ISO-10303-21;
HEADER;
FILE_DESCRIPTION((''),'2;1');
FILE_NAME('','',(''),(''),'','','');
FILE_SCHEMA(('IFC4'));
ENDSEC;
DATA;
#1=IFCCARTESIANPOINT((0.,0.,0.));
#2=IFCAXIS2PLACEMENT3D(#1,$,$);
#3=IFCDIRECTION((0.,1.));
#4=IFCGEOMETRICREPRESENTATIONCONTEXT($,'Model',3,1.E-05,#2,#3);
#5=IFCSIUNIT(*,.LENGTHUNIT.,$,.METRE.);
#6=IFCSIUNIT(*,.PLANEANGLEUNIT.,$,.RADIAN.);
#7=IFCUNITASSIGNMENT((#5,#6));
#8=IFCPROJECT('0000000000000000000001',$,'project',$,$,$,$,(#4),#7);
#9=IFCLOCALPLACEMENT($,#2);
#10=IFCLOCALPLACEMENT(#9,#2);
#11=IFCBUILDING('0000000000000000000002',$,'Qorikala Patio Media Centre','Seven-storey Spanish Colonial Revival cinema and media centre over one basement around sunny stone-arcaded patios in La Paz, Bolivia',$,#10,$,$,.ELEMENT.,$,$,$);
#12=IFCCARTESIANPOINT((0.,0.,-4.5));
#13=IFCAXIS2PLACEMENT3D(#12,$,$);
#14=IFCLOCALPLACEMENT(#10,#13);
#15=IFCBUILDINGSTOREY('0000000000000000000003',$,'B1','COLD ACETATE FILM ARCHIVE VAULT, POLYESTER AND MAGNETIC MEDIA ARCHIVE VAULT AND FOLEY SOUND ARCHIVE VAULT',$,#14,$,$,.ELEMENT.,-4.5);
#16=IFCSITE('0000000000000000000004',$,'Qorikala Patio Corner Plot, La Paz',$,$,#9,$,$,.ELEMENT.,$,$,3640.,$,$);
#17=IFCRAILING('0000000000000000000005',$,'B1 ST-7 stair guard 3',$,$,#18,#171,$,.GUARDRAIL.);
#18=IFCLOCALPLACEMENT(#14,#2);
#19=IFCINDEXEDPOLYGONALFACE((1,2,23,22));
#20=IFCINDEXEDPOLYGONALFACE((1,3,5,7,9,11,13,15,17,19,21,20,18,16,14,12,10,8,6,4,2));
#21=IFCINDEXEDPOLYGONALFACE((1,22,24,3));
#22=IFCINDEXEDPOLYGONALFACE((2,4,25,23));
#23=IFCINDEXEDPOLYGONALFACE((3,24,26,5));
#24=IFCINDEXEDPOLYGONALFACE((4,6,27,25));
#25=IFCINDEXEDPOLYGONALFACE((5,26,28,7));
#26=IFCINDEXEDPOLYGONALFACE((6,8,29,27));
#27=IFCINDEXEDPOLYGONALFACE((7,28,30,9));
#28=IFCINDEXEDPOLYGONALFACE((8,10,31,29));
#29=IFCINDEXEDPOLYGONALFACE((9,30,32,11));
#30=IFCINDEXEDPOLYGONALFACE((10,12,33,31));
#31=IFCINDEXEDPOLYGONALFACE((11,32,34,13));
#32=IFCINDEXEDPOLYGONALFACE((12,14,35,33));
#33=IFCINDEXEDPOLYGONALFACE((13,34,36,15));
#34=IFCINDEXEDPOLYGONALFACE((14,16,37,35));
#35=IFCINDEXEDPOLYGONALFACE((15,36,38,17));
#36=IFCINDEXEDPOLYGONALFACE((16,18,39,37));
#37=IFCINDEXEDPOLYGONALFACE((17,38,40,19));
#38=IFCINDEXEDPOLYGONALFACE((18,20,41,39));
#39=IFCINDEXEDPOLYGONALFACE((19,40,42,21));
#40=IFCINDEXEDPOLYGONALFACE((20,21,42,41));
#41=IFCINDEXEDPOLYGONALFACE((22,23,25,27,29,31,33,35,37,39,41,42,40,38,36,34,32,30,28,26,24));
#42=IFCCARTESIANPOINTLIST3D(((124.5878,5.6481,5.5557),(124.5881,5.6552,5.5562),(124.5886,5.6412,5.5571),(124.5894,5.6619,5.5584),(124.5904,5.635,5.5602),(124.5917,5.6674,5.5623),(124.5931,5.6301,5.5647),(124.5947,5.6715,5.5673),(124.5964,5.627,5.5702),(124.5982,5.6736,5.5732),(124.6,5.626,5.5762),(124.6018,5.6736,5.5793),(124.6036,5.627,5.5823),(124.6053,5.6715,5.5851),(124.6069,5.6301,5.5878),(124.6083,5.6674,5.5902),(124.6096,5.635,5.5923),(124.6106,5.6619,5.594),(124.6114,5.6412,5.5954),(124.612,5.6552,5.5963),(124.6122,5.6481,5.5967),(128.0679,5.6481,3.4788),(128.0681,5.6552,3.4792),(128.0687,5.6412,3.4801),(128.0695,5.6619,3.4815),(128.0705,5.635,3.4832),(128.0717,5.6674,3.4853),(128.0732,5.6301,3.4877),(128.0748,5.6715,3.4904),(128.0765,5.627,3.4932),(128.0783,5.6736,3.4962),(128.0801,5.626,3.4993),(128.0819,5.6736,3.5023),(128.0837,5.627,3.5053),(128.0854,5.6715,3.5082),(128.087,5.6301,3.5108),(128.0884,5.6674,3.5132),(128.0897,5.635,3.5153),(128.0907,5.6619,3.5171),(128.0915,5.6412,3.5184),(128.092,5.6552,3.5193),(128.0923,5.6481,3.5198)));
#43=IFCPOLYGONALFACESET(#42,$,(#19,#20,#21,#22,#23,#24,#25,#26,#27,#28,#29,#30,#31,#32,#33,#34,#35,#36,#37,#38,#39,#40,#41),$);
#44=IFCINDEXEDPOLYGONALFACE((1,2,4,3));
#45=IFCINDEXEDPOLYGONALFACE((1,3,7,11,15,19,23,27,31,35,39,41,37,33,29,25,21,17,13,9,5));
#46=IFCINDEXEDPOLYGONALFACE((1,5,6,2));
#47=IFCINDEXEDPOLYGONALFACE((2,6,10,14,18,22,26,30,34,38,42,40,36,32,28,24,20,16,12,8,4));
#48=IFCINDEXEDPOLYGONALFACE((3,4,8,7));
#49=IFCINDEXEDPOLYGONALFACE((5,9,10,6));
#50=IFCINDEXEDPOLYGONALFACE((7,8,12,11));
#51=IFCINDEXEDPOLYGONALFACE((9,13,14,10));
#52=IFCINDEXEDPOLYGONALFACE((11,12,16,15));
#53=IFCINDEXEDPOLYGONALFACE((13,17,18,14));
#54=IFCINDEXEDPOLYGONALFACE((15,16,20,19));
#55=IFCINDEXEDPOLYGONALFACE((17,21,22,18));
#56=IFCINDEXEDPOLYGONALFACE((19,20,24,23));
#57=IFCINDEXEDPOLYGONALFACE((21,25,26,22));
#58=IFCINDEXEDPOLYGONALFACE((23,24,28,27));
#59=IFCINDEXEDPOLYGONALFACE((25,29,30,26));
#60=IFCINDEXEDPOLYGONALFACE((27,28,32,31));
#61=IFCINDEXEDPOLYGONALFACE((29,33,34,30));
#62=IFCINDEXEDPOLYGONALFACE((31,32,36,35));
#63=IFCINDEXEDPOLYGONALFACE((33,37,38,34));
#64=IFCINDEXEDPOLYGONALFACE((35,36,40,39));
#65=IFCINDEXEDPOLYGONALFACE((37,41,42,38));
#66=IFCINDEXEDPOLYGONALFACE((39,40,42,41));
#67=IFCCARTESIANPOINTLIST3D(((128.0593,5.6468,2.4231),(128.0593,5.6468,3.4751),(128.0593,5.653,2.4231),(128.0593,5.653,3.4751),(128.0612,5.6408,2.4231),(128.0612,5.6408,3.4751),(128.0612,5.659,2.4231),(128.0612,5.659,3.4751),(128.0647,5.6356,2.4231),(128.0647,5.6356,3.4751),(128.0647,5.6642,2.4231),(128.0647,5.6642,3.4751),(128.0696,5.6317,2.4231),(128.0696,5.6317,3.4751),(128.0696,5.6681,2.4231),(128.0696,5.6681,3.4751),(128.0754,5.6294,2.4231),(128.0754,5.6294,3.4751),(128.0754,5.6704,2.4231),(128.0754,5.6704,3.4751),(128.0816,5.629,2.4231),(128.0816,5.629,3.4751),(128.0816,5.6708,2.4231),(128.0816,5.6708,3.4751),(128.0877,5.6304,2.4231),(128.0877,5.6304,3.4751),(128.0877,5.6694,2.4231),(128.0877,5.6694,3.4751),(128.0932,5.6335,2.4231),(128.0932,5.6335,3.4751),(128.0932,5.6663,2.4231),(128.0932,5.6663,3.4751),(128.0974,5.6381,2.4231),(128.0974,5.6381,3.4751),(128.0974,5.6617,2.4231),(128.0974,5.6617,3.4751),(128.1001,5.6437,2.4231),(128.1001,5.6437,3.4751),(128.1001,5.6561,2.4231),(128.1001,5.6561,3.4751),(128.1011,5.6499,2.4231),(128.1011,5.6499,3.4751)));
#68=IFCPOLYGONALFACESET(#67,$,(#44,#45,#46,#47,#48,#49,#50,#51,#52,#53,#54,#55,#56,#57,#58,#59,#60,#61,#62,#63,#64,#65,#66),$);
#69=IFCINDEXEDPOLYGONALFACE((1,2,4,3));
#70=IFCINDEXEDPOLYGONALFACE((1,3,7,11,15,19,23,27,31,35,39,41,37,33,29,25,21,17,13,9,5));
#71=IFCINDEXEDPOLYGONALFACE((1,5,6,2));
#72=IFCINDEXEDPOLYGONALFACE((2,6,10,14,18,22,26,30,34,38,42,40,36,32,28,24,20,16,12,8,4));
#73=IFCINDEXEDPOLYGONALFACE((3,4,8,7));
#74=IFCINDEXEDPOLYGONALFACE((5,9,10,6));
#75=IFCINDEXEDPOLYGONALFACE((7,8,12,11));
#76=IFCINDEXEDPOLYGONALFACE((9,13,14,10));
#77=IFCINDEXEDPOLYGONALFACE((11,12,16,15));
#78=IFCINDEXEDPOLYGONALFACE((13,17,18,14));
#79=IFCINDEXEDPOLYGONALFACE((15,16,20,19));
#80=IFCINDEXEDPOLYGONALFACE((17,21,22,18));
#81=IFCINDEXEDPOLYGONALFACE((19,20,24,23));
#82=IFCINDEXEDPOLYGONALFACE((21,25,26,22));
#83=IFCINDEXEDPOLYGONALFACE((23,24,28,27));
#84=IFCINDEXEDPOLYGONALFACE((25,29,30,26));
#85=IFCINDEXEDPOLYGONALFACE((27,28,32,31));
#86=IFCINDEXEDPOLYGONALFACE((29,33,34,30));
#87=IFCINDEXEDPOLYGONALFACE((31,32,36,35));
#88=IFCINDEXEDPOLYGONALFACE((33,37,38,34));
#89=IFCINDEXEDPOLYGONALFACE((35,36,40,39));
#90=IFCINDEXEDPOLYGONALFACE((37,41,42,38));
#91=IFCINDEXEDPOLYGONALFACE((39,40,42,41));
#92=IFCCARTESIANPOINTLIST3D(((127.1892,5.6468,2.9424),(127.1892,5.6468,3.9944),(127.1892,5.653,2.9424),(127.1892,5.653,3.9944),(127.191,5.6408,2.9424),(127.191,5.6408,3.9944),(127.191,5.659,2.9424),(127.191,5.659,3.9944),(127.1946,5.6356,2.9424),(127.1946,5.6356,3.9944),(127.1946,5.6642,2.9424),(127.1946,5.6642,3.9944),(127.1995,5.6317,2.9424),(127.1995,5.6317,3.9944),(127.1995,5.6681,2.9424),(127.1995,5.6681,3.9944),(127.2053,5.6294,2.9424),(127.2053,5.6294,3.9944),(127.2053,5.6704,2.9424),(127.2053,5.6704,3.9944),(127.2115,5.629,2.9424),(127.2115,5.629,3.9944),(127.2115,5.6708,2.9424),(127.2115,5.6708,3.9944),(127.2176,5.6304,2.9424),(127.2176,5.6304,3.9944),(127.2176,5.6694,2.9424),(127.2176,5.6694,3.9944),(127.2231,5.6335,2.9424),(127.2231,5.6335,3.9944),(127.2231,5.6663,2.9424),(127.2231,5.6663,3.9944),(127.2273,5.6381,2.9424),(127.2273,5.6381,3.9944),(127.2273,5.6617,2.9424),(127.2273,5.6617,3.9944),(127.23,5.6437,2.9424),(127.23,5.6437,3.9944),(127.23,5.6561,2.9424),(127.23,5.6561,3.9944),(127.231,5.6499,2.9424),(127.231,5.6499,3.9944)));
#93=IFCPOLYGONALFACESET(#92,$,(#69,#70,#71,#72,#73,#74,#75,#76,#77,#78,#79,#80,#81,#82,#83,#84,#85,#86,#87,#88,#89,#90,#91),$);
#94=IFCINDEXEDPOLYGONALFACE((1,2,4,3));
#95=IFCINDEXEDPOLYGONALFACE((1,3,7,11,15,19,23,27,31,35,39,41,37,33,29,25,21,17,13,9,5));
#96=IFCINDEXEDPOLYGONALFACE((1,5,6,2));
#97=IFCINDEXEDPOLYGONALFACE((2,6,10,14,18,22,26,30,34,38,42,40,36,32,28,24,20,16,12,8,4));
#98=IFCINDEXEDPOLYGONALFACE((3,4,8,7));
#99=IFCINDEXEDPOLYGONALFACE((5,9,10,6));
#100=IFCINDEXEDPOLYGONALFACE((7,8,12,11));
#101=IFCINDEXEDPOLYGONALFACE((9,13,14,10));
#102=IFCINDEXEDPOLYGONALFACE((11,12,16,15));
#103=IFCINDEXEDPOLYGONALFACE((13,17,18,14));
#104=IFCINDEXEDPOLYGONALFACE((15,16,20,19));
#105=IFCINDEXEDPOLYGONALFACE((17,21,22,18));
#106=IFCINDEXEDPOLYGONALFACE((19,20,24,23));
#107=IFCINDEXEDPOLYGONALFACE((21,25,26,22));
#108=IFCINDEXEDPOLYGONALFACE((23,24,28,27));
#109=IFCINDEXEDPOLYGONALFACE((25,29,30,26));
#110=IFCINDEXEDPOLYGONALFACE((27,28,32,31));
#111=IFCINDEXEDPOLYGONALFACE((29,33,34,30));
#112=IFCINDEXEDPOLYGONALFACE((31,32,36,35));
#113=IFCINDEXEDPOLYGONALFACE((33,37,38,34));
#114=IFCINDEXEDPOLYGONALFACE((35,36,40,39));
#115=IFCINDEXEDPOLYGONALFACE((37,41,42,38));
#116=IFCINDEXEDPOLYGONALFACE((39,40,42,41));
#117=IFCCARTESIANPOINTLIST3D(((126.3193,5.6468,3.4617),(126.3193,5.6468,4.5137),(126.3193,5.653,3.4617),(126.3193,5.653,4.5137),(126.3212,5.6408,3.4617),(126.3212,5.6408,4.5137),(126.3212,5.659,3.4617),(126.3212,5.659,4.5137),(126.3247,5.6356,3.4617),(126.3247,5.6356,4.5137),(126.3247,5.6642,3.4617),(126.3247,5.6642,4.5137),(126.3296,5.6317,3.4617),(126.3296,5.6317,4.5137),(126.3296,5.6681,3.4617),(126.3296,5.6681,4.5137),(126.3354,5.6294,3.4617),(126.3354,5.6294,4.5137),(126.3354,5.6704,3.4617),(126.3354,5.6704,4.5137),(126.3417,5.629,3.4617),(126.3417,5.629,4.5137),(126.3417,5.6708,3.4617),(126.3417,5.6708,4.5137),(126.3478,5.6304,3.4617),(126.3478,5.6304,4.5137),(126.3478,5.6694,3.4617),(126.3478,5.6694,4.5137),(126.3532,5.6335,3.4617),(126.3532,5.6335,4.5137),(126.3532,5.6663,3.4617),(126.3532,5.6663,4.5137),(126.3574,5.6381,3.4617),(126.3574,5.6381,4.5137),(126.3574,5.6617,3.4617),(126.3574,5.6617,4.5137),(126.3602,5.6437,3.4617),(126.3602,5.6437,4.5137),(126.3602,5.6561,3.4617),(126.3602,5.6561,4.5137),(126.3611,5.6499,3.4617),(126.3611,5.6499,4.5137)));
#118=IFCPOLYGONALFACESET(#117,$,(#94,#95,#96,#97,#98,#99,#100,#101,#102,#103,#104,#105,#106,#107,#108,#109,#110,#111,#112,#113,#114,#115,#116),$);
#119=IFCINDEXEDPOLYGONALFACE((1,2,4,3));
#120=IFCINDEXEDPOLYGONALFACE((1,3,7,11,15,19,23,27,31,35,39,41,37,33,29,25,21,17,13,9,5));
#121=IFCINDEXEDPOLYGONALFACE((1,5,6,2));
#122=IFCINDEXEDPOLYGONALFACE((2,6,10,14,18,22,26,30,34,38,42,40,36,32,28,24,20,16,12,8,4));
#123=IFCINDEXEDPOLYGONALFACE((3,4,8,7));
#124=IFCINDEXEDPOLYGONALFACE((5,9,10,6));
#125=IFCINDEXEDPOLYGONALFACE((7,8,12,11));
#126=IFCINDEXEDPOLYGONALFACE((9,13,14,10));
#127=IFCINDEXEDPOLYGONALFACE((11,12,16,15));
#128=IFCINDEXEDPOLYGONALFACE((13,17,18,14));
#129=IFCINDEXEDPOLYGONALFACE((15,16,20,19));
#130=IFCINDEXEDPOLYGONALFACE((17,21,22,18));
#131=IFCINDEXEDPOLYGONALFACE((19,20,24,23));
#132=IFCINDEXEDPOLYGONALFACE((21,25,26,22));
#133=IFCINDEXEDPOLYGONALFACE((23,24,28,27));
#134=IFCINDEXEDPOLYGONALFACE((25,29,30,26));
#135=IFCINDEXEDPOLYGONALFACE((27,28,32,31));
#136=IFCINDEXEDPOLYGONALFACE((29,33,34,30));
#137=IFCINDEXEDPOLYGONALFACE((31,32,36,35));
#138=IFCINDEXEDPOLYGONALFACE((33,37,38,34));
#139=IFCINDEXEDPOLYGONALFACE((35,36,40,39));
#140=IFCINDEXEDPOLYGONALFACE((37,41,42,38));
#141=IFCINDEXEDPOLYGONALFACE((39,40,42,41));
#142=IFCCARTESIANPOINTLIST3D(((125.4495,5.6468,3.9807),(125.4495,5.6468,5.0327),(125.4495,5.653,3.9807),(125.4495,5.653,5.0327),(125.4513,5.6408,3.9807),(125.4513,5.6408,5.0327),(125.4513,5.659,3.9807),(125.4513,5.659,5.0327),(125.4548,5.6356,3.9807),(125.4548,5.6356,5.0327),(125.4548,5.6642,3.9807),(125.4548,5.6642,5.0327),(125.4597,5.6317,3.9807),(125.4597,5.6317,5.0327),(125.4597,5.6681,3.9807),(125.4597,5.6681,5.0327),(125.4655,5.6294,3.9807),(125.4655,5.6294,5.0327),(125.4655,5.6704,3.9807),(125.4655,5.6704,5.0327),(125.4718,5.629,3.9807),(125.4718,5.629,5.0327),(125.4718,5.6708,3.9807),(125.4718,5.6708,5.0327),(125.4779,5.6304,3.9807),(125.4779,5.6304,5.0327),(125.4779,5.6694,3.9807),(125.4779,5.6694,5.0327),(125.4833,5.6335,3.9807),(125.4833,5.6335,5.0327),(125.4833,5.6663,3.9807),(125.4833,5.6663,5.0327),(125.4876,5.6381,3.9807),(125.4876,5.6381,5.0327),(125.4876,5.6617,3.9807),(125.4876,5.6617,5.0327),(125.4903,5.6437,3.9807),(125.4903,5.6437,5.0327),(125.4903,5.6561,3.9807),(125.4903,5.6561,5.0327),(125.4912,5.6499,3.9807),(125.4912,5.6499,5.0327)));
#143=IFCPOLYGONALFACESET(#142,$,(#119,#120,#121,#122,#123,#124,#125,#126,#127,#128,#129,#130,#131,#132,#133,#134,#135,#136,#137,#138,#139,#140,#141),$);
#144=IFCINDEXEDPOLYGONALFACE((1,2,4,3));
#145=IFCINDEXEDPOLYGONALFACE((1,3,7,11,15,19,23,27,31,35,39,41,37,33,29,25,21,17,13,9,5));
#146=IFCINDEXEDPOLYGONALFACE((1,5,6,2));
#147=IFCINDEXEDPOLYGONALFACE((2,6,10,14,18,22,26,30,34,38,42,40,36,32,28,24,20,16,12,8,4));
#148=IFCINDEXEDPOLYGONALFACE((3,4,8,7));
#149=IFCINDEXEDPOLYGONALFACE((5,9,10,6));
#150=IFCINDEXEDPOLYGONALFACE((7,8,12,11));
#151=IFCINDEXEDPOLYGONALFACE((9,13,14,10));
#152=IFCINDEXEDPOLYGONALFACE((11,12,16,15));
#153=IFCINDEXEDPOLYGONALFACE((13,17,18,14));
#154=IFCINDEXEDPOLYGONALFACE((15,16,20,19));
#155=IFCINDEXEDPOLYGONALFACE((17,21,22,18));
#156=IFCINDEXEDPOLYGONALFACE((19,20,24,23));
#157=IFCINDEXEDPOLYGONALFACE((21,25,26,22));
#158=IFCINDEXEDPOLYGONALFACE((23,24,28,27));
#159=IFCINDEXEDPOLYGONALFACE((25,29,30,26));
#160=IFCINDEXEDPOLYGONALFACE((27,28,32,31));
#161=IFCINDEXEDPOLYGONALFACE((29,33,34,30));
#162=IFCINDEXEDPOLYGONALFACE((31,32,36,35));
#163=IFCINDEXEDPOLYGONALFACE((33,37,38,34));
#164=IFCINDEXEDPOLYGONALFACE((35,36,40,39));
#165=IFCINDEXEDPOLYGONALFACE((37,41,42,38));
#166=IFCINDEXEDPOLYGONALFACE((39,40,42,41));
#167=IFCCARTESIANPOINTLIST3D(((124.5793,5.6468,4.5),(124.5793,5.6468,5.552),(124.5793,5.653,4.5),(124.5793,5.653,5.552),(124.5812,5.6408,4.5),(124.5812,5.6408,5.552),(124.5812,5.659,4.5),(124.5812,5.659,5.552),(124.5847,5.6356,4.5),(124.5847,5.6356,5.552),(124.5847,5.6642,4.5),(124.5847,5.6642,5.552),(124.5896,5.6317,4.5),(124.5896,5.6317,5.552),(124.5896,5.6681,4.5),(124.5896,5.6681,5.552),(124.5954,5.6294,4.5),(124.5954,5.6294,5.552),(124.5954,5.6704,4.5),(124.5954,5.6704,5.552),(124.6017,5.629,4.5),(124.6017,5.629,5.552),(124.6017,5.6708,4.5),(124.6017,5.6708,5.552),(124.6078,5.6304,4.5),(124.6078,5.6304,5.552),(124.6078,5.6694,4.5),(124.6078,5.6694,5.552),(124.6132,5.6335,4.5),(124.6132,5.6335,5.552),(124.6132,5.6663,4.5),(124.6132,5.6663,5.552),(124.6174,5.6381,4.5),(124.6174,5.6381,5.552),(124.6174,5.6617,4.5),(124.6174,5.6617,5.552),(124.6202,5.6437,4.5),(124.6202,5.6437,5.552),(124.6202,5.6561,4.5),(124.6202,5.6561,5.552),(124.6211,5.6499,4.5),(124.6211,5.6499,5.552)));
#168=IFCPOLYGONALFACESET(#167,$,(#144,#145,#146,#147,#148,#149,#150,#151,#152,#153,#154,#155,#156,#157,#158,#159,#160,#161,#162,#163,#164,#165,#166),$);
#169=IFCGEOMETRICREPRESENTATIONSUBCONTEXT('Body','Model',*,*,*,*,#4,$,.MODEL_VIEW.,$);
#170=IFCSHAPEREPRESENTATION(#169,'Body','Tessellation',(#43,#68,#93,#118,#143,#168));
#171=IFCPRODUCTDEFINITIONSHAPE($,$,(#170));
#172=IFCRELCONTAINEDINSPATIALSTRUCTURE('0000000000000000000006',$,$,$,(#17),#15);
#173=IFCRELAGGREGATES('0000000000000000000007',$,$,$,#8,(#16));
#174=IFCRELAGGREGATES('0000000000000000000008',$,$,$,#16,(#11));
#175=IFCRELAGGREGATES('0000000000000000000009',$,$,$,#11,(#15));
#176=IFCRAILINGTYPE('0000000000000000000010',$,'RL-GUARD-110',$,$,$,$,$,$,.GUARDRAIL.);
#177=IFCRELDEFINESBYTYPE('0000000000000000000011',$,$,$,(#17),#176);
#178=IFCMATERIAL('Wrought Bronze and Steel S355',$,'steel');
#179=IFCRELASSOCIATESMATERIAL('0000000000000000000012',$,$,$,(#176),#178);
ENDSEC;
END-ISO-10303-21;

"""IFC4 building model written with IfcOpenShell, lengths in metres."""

from ifc_helpers import new_model, si_unit, direction, frame, origin, origin_2d, place, context, subcontext, project, spatial, circle, extrude, material, type_object, element, save


model = new_model("IFC4")

# Units and contexts
model_context = context("Model", 3, precision=1e-05, world=origin(), true_north=direction((0.0, 1.0)))
body_context = subcontext(model_context, "Body", "Model", "MODEL_VIEW")
ifc_project = project(units=[si_unit("LENGTHUNIT", "METRE"), si_unit("PLANEANGLEUNIT", "RADIAN")], contexts=[model_context])

# Site, building, storey
site_placement = place(None, origin())
site = spatial("IfcSite", under=ifc_project, at=site_placement, Name="Qorikala Patio Corner Plot, La Paz", CompositionType="ELEMENT", RefElevation=3640.0)
building_placement = place(site_placement, origin())
building = spatial("IfcBuilding", under=site, at=building_placement, Name="Qorikala Patio Media Centre", Description="Seven-storey Spanish Colonial Revival cinema and media centre over one basement around sunny stone-arcaded patios in La Paz, Bolivia", CompositionType="ELEMENT")
storey_placement = place(building_placement, frame((0.0, 0.0, -4.5)))
storey = spatial("IfcBuildingStorey", under=building, at=storey_placement, Name="B1", Description="COLD ACETATE FILM ARCHIVE VAULT, POLYESTER AND MAGNETIC MEDIA ARCHIVE VAULT AND FOLEY SOUND ARCHIVE VAULT", CompositionType="ELEMENT", Elevation=-4.5)

# Railing
ifc_material_1 = material(Name="Wrought Bronze and Steel S355", Category="steel")
railing_type_1 = type_object("IfcRailingType", Name="RL-GUARD-110", PredefinedType="GUARDRAIL", material=ifc_material_1)
railing_1_placement = place(storey_placement, frame((128.0801, 5.6499, 2.4231)))
element("IfcRailing", 1, at=railing_1_placement, inside=storey, type_object=railing_type_1, Name="B1 ST-7 stair guard 3", PredefinedType="GUARDRAIL", context=body_context, shape_type="SweptSolid", body=[
    extrude(circle(Radius=0.0239, at=origin_2d()), frame((0.0, 0.0, 1.0762), z_axis=(-0.858697, 0.0, 0.512483), x_axis=(0.0, -1.0, 0.0)), (0.0, 0.0, 1.0), 4.0527),
    extrude(circle(Radius=0.021, at=origin_2d()), origin(), (0.0, 0.0, 1.0), 1.052),
    extrude(circle(Radius=0.021, at=origin_2d()), frame((-0.8701, 0.0, 0.5193)), (0.0, 0.0, 1.0), 1.052),
    extrude(circle(Radius=0.021, at=origin_2d()), frame((-1.74, 0.0, 1.0386)), (0.0, 0.0, 1.0), 1.052),
    extrude(circle(Radius=0.021, at=origin_2d()), frame((-2.6099, 0.0, 1.5576)), (0.0, 0.0, 1.0), 1.052),
    extrude(circle(Radius=0.021, at=origin_2d()), frame((-3.48, 0.0, 2.0769)), (0.0, 0.0, 1.0), 1.052),
])

save(model, "model.ifc")
